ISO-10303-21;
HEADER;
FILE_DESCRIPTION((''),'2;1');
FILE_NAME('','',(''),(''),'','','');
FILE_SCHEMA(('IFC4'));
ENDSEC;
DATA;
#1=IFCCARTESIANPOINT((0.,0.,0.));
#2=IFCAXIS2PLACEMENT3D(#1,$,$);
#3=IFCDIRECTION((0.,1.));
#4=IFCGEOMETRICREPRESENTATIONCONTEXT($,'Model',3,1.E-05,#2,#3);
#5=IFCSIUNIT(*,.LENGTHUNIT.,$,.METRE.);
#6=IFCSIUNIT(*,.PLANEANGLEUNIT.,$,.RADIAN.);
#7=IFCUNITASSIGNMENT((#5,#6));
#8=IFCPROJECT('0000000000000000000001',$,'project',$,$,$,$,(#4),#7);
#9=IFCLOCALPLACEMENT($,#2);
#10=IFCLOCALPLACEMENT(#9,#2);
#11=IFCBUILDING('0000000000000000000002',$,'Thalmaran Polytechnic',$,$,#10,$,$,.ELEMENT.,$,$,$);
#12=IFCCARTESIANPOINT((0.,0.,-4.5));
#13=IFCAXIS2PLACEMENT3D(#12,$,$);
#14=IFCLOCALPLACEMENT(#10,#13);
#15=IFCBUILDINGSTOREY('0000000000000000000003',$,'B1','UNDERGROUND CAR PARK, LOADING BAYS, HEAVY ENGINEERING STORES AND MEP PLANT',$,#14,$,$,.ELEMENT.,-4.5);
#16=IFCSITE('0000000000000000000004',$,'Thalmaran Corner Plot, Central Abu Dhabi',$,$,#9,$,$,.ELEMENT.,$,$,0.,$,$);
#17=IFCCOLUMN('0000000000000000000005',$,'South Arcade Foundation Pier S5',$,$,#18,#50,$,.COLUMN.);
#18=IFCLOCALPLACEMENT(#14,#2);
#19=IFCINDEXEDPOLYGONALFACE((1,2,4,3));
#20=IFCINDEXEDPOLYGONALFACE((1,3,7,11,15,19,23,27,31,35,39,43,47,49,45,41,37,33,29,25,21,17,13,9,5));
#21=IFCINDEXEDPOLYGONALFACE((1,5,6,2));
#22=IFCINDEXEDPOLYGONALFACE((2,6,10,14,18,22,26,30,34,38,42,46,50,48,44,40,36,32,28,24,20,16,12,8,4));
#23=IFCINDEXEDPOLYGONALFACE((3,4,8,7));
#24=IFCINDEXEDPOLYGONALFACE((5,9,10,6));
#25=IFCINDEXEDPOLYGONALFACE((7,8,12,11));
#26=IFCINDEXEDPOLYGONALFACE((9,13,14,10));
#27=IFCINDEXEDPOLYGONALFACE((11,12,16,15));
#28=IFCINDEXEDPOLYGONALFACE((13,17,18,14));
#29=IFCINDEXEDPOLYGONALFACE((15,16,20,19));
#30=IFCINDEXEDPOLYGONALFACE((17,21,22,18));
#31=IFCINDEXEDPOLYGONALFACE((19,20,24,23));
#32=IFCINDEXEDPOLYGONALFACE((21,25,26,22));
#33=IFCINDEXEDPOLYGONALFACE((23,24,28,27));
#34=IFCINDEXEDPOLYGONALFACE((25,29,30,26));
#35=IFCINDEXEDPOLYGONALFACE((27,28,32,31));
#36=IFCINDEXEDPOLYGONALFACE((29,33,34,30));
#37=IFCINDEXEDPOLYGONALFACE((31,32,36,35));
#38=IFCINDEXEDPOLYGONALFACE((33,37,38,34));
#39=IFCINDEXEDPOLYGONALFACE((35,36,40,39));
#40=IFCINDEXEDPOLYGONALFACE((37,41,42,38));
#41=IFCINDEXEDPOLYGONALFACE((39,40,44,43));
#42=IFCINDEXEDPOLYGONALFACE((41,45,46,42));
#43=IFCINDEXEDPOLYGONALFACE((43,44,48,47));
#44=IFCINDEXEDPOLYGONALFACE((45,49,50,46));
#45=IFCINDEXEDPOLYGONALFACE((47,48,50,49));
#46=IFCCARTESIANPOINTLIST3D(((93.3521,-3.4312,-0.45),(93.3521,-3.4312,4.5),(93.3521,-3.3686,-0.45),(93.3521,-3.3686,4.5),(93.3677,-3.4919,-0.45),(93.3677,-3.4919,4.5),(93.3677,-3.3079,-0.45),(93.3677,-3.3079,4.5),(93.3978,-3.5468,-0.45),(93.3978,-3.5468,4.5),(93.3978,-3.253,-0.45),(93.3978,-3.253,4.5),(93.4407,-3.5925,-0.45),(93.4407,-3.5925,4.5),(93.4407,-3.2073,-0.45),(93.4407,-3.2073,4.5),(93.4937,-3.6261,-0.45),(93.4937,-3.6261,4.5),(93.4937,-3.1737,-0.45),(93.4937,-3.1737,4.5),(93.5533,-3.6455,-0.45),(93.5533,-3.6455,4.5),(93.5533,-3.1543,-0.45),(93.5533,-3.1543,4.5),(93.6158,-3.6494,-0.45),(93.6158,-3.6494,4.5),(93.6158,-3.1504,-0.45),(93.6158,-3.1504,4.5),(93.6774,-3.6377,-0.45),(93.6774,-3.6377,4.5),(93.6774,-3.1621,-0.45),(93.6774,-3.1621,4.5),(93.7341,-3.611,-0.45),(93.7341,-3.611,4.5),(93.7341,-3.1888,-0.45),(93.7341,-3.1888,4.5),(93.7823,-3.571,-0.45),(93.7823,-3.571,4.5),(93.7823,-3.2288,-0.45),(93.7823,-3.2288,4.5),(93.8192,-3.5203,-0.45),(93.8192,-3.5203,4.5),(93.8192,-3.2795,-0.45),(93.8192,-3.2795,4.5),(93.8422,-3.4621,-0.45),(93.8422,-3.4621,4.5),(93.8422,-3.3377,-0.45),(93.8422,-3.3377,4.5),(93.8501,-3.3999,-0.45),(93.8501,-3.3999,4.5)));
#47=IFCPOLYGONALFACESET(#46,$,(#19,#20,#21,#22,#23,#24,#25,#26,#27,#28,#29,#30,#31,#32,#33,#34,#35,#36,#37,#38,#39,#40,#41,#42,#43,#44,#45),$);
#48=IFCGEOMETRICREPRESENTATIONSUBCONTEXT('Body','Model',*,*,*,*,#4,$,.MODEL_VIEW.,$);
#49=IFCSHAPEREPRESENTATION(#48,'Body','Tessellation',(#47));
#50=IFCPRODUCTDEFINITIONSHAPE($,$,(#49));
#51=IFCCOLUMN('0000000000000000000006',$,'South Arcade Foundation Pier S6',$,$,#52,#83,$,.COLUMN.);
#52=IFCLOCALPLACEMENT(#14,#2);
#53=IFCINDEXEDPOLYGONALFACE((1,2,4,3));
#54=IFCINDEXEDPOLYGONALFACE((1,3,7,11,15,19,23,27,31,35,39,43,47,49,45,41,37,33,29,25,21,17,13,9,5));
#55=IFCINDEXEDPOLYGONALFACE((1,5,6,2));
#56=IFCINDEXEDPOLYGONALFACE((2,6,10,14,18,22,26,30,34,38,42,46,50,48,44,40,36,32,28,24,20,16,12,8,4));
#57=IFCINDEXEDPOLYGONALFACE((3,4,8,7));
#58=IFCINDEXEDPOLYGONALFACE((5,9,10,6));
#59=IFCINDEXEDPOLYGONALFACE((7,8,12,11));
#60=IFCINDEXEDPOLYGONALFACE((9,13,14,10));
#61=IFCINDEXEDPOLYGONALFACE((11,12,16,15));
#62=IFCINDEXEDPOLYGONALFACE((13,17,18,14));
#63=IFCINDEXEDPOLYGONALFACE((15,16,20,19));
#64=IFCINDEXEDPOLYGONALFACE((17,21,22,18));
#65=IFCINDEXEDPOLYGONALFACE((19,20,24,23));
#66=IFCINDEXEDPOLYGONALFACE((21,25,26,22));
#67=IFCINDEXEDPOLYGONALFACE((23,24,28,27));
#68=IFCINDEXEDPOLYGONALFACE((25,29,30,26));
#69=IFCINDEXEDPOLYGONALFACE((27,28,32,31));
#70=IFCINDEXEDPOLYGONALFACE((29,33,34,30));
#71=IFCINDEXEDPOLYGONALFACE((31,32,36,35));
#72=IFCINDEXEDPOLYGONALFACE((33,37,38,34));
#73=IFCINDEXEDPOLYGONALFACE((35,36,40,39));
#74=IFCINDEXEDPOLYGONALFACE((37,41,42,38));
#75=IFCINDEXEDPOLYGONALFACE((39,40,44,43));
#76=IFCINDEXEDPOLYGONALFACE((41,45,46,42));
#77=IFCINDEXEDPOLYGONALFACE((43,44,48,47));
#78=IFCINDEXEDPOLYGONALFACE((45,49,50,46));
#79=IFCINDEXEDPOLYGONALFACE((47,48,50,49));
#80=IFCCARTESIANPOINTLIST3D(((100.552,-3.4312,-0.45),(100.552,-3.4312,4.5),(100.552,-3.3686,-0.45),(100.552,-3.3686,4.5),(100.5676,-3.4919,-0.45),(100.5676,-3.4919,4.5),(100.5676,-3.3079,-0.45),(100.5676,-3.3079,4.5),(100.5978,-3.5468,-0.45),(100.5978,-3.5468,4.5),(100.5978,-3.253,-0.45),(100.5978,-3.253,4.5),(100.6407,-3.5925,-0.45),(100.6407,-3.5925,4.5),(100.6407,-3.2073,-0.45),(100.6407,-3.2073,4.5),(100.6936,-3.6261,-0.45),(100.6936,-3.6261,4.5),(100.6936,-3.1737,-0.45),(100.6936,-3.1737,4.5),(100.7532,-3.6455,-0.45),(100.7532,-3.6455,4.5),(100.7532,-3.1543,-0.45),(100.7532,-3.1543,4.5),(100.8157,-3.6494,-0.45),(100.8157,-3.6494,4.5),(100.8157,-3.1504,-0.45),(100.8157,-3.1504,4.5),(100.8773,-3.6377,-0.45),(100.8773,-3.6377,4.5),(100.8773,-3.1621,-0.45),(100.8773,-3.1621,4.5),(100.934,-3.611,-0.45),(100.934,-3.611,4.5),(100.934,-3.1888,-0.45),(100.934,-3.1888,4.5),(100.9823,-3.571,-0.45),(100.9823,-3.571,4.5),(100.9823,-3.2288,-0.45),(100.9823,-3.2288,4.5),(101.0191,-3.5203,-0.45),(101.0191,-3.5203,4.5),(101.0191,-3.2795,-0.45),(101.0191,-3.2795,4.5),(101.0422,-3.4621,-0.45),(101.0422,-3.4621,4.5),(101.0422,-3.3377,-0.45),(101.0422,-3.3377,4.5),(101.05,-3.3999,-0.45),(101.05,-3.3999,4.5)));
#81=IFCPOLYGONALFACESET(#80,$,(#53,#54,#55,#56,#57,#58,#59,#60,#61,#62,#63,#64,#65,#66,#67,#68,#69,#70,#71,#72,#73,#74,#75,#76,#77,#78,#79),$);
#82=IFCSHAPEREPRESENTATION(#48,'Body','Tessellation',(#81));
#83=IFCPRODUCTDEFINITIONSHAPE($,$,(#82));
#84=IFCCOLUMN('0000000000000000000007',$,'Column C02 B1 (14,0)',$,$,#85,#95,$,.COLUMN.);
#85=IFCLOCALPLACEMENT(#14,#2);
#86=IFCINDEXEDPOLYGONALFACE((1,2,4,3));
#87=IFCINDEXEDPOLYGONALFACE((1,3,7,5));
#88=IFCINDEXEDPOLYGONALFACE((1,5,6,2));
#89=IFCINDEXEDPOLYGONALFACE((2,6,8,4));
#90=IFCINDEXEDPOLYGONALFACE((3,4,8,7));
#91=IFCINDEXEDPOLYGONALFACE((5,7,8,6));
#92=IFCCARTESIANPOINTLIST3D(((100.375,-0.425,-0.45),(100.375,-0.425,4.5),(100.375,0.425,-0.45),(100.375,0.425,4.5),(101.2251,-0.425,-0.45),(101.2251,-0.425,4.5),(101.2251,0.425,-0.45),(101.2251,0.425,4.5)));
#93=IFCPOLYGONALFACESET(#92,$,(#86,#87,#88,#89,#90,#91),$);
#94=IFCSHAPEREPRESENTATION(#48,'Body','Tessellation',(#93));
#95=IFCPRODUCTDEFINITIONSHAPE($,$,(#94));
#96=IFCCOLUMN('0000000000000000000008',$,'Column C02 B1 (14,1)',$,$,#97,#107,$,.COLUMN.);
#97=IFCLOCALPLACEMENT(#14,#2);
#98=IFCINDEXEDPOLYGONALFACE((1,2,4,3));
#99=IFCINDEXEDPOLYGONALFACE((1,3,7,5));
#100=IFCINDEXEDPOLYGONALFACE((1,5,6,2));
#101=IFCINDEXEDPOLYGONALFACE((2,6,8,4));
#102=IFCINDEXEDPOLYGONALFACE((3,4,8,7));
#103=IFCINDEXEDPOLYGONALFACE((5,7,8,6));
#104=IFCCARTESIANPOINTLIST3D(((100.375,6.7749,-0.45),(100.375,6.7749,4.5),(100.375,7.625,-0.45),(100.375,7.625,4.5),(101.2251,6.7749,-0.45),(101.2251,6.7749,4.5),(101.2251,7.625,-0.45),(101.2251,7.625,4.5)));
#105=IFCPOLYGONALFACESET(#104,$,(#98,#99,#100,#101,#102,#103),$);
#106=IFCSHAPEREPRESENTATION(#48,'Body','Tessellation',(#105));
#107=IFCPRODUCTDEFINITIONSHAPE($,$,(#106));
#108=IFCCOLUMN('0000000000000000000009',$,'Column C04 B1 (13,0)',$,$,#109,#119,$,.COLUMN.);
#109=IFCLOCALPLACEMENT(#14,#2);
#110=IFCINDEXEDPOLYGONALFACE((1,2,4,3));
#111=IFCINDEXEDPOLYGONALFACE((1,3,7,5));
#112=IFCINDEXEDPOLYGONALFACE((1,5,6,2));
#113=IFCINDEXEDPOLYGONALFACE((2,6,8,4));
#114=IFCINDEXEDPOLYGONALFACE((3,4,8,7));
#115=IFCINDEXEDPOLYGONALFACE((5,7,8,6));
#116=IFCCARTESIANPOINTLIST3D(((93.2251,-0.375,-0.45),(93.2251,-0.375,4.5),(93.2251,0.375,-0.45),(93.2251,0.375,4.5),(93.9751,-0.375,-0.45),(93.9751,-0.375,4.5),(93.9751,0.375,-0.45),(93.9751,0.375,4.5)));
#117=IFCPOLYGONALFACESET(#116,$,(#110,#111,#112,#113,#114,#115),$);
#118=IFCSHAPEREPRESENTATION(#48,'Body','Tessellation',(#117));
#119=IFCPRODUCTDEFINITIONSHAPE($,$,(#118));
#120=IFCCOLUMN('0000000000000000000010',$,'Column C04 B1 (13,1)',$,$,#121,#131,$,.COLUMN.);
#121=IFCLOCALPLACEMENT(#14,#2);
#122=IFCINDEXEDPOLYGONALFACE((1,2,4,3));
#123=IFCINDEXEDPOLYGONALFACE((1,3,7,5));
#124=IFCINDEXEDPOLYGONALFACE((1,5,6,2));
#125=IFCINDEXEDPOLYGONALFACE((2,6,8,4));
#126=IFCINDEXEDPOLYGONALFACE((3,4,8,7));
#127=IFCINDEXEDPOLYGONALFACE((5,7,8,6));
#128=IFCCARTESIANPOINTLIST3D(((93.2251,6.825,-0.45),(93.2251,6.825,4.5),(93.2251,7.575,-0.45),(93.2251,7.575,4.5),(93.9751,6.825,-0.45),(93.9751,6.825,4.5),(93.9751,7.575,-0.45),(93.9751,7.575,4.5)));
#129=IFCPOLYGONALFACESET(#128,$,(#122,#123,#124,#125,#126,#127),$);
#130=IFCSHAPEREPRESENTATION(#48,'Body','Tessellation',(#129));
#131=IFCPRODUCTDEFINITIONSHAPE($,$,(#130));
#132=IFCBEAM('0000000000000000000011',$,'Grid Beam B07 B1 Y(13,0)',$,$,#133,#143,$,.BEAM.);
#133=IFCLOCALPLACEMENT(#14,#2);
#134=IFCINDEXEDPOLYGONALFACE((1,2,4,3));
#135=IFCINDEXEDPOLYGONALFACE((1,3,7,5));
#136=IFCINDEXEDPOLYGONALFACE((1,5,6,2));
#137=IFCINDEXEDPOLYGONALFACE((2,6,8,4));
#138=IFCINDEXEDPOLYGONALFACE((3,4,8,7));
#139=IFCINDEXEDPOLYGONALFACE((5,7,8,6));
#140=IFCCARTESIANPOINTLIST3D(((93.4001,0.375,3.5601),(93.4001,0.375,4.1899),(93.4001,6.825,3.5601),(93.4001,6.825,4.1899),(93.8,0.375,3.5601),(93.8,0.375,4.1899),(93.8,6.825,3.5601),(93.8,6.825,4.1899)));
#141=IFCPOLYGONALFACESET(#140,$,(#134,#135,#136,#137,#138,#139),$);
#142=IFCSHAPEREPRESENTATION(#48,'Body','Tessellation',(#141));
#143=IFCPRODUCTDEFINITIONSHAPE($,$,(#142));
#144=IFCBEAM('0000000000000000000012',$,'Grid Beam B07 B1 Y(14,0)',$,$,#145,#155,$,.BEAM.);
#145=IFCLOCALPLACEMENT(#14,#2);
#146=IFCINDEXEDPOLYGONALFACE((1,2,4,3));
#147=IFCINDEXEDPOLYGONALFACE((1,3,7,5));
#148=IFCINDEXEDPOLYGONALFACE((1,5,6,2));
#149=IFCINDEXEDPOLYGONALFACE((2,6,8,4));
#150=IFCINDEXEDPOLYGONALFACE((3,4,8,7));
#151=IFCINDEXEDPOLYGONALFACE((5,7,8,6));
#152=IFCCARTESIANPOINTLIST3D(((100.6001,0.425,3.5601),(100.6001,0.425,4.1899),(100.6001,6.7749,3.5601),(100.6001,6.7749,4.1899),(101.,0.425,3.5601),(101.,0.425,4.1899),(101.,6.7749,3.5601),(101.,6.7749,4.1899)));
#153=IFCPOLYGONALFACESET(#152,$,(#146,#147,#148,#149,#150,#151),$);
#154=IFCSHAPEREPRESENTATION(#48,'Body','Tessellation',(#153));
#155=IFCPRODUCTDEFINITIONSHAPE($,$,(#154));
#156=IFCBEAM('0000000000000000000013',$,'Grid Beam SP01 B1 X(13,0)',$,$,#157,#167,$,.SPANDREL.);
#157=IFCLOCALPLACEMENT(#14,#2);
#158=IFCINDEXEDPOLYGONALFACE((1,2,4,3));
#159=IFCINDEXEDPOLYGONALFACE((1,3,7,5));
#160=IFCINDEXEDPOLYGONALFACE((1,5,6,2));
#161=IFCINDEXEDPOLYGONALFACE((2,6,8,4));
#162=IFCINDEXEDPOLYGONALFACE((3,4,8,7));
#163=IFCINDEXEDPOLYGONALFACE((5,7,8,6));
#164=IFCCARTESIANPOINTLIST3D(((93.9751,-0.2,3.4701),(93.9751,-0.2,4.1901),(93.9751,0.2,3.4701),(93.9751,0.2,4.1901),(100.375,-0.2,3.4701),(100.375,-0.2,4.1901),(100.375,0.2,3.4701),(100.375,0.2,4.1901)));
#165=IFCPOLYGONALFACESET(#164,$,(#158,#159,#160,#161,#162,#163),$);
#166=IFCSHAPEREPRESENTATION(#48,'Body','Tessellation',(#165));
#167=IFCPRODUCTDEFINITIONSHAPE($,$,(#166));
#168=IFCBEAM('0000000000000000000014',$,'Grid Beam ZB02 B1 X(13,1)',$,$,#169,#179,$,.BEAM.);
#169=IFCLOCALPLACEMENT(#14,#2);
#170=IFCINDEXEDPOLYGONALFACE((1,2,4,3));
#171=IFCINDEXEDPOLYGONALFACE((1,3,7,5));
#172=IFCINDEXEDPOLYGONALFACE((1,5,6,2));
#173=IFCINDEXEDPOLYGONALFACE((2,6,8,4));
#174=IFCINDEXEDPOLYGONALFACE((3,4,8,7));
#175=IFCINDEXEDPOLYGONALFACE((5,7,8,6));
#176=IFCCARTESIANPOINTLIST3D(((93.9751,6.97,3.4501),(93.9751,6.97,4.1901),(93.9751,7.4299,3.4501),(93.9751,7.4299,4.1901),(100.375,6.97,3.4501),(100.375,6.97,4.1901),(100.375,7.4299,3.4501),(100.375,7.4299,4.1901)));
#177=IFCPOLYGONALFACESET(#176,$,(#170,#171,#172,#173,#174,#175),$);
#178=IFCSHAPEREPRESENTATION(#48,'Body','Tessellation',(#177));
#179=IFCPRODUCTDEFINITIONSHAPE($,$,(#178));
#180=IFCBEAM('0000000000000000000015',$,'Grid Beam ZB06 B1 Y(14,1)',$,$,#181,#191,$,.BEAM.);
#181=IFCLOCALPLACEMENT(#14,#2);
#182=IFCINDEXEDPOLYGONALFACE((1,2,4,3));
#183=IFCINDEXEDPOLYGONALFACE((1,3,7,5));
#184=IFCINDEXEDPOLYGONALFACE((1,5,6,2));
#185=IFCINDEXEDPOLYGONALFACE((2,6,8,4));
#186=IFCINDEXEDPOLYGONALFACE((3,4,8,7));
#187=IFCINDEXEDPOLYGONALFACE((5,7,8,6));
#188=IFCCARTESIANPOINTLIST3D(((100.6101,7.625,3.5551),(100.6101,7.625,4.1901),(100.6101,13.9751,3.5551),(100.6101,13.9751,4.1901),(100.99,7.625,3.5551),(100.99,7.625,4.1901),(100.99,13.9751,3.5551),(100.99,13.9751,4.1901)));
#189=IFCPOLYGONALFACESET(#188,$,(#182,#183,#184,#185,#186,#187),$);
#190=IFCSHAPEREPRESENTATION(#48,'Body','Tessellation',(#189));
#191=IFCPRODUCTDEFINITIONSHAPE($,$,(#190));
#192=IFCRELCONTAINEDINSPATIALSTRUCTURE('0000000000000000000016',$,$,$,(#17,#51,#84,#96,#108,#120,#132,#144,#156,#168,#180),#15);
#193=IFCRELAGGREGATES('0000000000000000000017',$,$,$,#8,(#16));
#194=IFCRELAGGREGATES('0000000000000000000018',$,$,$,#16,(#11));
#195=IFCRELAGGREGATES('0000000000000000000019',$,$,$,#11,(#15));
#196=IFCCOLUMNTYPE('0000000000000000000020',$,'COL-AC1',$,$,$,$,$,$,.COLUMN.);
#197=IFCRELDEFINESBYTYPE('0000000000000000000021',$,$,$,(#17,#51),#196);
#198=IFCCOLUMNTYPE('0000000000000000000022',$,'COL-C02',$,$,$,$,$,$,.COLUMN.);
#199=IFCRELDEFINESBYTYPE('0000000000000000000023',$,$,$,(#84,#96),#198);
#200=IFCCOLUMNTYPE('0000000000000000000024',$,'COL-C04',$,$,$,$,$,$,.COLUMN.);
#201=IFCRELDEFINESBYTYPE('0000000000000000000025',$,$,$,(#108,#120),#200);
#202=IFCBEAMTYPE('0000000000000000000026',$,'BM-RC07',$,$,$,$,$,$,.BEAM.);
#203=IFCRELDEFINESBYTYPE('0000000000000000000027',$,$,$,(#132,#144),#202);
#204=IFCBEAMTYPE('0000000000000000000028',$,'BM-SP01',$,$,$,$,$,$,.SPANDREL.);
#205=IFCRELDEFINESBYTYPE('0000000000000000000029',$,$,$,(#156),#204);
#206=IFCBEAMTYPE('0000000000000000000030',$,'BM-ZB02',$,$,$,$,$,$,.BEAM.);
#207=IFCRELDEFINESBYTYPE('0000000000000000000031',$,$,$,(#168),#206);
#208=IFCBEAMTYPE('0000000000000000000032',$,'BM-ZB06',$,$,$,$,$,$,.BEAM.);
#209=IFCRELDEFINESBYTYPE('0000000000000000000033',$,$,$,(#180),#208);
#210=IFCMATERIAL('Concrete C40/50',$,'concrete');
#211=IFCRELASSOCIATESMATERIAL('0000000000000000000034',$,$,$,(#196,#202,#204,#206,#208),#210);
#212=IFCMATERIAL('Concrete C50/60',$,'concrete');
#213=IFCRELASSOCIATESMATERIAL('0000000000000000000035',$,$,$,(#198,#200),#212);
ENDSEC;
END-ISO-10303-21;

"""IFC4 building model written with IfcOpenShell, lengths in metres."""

from ifc_helpers import new_model, si_unit, direction, frame, origin, origin_2d, place, context, subcontext, project, spatial, rectangle, circle, extrude, material, material_profile, profile_set, type_object, element, save


model = new_model("IFC4")

# Units and contexts
model_context = context("Model", 3, precision=1e-05, world=origin(), true_north=direction((0.0, 1.0)))
body_context = subcontext(model_context, "Body", "Model", "MODEL_VIEW")
ifc_project = project(units=[si_unit("LENGTHUNIT", "METRE"), si_unit("PLANEANGLEUNIT", "RADIAN")], contexts=[model_context])

# Site, building, storey
site_placement = place(None, origin())
site = spatial("IfcSite", under=ifc_project, at=site_placement, Name="Thalmaran Corner Plot, Central Abu Dhabi", CompositionType="ELEMENT", RefElevation=0.0)
building_placement = place(site_placement, origin())
building = spatial("IfcBuilding", under=site, at=building_placement, Name="Thalmaran Polytechnic", CompositionType="ELEMENT")
storey_placement = place(building_placement, frame((0.0, 0.0, -4.5)))
storey = spatial("IfcBuildingStorey", under=building, at=storey_placement, Name="B1", Description="UNDERGROUND CAR PARK, LOADING BAYS, HEAVY ENGINEERING STORES AND MEP PLANT", CompositionType="ELEMENT", Elevation=-4.5)

# Shared definitions
ifc_material_1 = material(Name="Concrete C40/50", Category="concrete")

# Columns
ifc_material_profile_1 = material_profile(ifc_material_1, circle(Radius=0.25, at=origin_2d()), Name="RC 500 DIA")
ifc_profile_set_1 = profile_set([ifc_material_profile_1], Name="Concrete C40/50")
column_type_1 = type_object("IfcColumnType", Name="COL-AC1", PredefinedType="COLUMN", material=ifc_profile_set_1)
for number, where, z_axis, x_axis, name in (
    (1, (93.6001, -3.3999, -0.45), (0.0, 0.0, 1.0), (1.0, 0.0, 0.0), "South Arcade Foundation Pier S5"),
    (2, (100.8, -3.3999, -0.45), (0.0, 0.0, 1.0), (1.0, 0.0, 0.0), "South Arcade Foundation Pier S6"),
):
    element("IfcColumn", number, at=place(storey_placement, frame(where, z_axis=z_axis, x_axis=x_axis)), inside=storey, type_object=column_type_1, Name=name, PredefinedType="COLUMN", context=body_context, shape_type="SweptSolid", body=[
        extrude(circle(Radius=0.25, at=origin_2d()), origin(), (0.0, 0.0, 1.0), 4.95),
    ])
ifc_material_2 = material(Name="Concrete C50/60", Category="concrete")
ifc_material_profile_2 = material_profile(ifc_material_2, rectangle(XDim=0.8501, YDim=0.8501, at=origin_2d()), Name="RC 850x850")
ifc_profile_set_2 = profile_set([ifc_material_profile_2], Name="Concrete C50/60")
column_type_2 = type_object("IfcColumnType", Name="COL-C02", PredefinedType="COLUMN", material=ifc_profile_set_2)
for number, where, z_axis, x_axis, name in (
    (3, (100.8, 0.0, -0.45), (0.0, 0.0, 1.0), (1.0, 0.0, 0.0), "Column C02 B1 (14,0)"),
    (4, (100.8, 7.2, -0.45), (0.0, 0.0, 1.0), (1.0, 0.0, 0.0), "Column C02 B1 (14,1)"),
):
    element("IfcColumn", number, at=place(storey_placement, frame(where, z_axis=z_axis, x_axis=x_axis)), inside=storey, type_object=column_type_2, Name=name, PredefinedType="COLUMN", context=body_context, shape_type="SweptSolid", body=[
        extrude(rectangle(XDim=0.8501, YDim=0.8501, at=origin_2d()), origin(), (0.0, 0.0, 1.0), 4.95),
    ])
ifc_material_profile_3 = material_profile(ifc_material_2, rectangle(XDim=0.75, YDim=0.75, at=origin_2d()), Name="RC 750x750")
ifc_profile_set_3 = profile_set([ifc_material_profile_3], Name="Concrete C50/60")
column_type_3 = type_object("IfcColumnType", Name="COL-C04", PredefinedType="COLUMN", material=ifc_profile_set_3)
for number, where, z_axis, x_axis, name in (
    (5, (93.6001, 0.0, -0.45), (0.0, 0.0, 1.0), (1.0, 0.0, 0.0), "Column C04 B1 (13,0)"),
    (6, (93.6001, 7.2, -0.45), (0.0, 0.0, 1.0), (1.0, 0.0, 0.0), "Column C04 B1 (13,1)"),
):
    element("IfcColumn", number, at=place(storey_placement, frame(where, z_axis=z_axis, x_axis=x_axis)), inside=storey, type_object=column_type_3, Name=name, PredefinedType="COLUMN", context=body_context, shape_type="SweptSolid", body=[
        extrude(rectangle(XDim=0.75, YDim=0.75, at=origin_2d()), origin(), (0.0, 0.0, 1.0), 4.95),
    ])

# Beams
ifc_material_profile_4 = material_profile(ifc_material_1, rectangle(XDim=0.3999, YDim=0.6299, at=origin_2d()), Name="RC 400x630")
ifc_profile_set_4 = profile_set([ifc_material_profile_4], Name="Concrete C40/50")
beam_type_1 = type_object("IfcBeamType", Name="BM-RC07", PredefinedType="BEAM", material=ifc_profile_set_4)
beam_1_placement = place(storey_placement, frame((93.6001, 0.375, 3.875), z_axis=(0.0, 1.0, 0.0), x_axis=(-1.0, 0.0, 0.0)))
element("IfcBeam", 7, at=beam_1_placement, inside=storey, type_object=beam_type_1, Name="Grid Beam B07 B1 Y(13,0)", PredefinedType="BEAM", context=body_context, shape_type="SweptSolid", body=[
    extrude(rectangle(XDim=0.3999, YDim=0.6299, at=origin_2d()), origin(), (0.0, 0.0, 1.0), 6.45),
])
beam_2_placement = place(storey_placement, frame((100.8, 0.425, 3.875), z_axis=(0.0, 1.0, 0.0), x_axis=(-1.0, 0.0, 0.0)))
element("IfcBeam", 8, at=beam_2_placement, inside=storey, type_object=beam_type_1, Name="Grid Beam B07 B1 Y(14,0)", PredefinedType="BEAM", context=body_context, shape_type="SweptSolid", body=[
    extrude(rectangle(XDim=0.3999, YDim=0.6299, at=origin_2d()), origin(), (0.0, 0.0, 1.0), 6.3499),
])
ifc_material_profile_5 = material_profile(ifc_material_1, rectangle(XDim=0.3999, YDim=0.72, at=origin_2d()), Name="RC 400x720")
ifc_profile_set_5 = profile_set([ifc_material_profile_5], Name="Concrete C40/50")
beam_type_2 = type_object("IfcBeamType", Name="BM-SP01", PredefinedType="SPANDREL", material=ifc_profile_set_5)
beam_3_placement = place(storey_placement, frame((93.9751, 0.0, 3.8301), z_axis=(1.0, 0.0, 0.0), x_axis=(0.0, 1.0, 0.0)))
element("IfcBeam", 9, at=beam_3_placement, inside=storey, type_object=beam_type_2, Name="Grid Beam SP01 B1 X(13,0)", PredefinedType="SPANDREL", context=body_context, shape_type="SweptSolid", body=[
    extrude(rectangle(XDim=0.3999, YDim=0.72, at=origin_2d()), origin(), (0.0, 0.0, 1.0), 6.3999),
])
ifc_material_profile_6 = material_profile(ifc_material_1, rectangle(XDim=0.46, YDim=0.74, at=origin_2d()), Name="RC 460x740")
ifc_profile_set_6 = profile_set([ifc_material_profile_6], Name="Concrete C40/50")
beam_type_3 = type_object("IfcBeamType", Name="BM-ZB02", PredefinedType="BEAM", material=ifc_profile_set_6)
beam_4_placement = place(storey_placement, frame((93.9751, 7.2, 3.8201), z_axis=(1.0, 0.0, 0.0), x_axis=(0.0, 1.0, 0.0)))
element("IfcBeam", 10, at=beam_4_placement, inside=storey, type_object=beam_type_3, Name="Grid Beam ZB02 B1 X(13,1)", PredefinedType="BEAM", context=body_context, shape_type="SweptSolid", body=[
    extrude(rectangle(XDim=0.46, YDim=0.74, at=origin_2d()), origin(), (0.0, 0.0, 1.0), 6.3999),
])
ifc_material_profile_7 = material_profile(ifc_material_1, rectangle(XDim=0.3799, YDim=0.635, at=origin_2d()), Name="RC 380x635")
ifc_profile_set_7 = profile_set([ifc_material_profile_7], Name="Concrete C40/50")
beam_type_4 = type_object("IfcBeamType", Name="BM-ZB06", PredefinedType="BEAM", material=ifc_profile_set_7)
beam_5_placement = place(storey_placement, frame((100.8, 7.625, 3.8726), z_axis=(0.0, 1.0, 0.0), x_axis=(-1.0, 0.0, 0.0)))
element("IfcBeam", 11, at=beam_5_placement, inside=storey, type_object=beam_type_4, Name="Grid Beam ZB06 B1 Y(14,1)", PredefinedType="BEAM", context=body_context, shape_type="SweptSolid", body=[
    extrude(rectangle(XDim=0.3799, YDim=0.635, at=origin_2d()), origin(), (0.0, 0.0, 1.0), 6.3501),
])

save(model, "model.ifc")
